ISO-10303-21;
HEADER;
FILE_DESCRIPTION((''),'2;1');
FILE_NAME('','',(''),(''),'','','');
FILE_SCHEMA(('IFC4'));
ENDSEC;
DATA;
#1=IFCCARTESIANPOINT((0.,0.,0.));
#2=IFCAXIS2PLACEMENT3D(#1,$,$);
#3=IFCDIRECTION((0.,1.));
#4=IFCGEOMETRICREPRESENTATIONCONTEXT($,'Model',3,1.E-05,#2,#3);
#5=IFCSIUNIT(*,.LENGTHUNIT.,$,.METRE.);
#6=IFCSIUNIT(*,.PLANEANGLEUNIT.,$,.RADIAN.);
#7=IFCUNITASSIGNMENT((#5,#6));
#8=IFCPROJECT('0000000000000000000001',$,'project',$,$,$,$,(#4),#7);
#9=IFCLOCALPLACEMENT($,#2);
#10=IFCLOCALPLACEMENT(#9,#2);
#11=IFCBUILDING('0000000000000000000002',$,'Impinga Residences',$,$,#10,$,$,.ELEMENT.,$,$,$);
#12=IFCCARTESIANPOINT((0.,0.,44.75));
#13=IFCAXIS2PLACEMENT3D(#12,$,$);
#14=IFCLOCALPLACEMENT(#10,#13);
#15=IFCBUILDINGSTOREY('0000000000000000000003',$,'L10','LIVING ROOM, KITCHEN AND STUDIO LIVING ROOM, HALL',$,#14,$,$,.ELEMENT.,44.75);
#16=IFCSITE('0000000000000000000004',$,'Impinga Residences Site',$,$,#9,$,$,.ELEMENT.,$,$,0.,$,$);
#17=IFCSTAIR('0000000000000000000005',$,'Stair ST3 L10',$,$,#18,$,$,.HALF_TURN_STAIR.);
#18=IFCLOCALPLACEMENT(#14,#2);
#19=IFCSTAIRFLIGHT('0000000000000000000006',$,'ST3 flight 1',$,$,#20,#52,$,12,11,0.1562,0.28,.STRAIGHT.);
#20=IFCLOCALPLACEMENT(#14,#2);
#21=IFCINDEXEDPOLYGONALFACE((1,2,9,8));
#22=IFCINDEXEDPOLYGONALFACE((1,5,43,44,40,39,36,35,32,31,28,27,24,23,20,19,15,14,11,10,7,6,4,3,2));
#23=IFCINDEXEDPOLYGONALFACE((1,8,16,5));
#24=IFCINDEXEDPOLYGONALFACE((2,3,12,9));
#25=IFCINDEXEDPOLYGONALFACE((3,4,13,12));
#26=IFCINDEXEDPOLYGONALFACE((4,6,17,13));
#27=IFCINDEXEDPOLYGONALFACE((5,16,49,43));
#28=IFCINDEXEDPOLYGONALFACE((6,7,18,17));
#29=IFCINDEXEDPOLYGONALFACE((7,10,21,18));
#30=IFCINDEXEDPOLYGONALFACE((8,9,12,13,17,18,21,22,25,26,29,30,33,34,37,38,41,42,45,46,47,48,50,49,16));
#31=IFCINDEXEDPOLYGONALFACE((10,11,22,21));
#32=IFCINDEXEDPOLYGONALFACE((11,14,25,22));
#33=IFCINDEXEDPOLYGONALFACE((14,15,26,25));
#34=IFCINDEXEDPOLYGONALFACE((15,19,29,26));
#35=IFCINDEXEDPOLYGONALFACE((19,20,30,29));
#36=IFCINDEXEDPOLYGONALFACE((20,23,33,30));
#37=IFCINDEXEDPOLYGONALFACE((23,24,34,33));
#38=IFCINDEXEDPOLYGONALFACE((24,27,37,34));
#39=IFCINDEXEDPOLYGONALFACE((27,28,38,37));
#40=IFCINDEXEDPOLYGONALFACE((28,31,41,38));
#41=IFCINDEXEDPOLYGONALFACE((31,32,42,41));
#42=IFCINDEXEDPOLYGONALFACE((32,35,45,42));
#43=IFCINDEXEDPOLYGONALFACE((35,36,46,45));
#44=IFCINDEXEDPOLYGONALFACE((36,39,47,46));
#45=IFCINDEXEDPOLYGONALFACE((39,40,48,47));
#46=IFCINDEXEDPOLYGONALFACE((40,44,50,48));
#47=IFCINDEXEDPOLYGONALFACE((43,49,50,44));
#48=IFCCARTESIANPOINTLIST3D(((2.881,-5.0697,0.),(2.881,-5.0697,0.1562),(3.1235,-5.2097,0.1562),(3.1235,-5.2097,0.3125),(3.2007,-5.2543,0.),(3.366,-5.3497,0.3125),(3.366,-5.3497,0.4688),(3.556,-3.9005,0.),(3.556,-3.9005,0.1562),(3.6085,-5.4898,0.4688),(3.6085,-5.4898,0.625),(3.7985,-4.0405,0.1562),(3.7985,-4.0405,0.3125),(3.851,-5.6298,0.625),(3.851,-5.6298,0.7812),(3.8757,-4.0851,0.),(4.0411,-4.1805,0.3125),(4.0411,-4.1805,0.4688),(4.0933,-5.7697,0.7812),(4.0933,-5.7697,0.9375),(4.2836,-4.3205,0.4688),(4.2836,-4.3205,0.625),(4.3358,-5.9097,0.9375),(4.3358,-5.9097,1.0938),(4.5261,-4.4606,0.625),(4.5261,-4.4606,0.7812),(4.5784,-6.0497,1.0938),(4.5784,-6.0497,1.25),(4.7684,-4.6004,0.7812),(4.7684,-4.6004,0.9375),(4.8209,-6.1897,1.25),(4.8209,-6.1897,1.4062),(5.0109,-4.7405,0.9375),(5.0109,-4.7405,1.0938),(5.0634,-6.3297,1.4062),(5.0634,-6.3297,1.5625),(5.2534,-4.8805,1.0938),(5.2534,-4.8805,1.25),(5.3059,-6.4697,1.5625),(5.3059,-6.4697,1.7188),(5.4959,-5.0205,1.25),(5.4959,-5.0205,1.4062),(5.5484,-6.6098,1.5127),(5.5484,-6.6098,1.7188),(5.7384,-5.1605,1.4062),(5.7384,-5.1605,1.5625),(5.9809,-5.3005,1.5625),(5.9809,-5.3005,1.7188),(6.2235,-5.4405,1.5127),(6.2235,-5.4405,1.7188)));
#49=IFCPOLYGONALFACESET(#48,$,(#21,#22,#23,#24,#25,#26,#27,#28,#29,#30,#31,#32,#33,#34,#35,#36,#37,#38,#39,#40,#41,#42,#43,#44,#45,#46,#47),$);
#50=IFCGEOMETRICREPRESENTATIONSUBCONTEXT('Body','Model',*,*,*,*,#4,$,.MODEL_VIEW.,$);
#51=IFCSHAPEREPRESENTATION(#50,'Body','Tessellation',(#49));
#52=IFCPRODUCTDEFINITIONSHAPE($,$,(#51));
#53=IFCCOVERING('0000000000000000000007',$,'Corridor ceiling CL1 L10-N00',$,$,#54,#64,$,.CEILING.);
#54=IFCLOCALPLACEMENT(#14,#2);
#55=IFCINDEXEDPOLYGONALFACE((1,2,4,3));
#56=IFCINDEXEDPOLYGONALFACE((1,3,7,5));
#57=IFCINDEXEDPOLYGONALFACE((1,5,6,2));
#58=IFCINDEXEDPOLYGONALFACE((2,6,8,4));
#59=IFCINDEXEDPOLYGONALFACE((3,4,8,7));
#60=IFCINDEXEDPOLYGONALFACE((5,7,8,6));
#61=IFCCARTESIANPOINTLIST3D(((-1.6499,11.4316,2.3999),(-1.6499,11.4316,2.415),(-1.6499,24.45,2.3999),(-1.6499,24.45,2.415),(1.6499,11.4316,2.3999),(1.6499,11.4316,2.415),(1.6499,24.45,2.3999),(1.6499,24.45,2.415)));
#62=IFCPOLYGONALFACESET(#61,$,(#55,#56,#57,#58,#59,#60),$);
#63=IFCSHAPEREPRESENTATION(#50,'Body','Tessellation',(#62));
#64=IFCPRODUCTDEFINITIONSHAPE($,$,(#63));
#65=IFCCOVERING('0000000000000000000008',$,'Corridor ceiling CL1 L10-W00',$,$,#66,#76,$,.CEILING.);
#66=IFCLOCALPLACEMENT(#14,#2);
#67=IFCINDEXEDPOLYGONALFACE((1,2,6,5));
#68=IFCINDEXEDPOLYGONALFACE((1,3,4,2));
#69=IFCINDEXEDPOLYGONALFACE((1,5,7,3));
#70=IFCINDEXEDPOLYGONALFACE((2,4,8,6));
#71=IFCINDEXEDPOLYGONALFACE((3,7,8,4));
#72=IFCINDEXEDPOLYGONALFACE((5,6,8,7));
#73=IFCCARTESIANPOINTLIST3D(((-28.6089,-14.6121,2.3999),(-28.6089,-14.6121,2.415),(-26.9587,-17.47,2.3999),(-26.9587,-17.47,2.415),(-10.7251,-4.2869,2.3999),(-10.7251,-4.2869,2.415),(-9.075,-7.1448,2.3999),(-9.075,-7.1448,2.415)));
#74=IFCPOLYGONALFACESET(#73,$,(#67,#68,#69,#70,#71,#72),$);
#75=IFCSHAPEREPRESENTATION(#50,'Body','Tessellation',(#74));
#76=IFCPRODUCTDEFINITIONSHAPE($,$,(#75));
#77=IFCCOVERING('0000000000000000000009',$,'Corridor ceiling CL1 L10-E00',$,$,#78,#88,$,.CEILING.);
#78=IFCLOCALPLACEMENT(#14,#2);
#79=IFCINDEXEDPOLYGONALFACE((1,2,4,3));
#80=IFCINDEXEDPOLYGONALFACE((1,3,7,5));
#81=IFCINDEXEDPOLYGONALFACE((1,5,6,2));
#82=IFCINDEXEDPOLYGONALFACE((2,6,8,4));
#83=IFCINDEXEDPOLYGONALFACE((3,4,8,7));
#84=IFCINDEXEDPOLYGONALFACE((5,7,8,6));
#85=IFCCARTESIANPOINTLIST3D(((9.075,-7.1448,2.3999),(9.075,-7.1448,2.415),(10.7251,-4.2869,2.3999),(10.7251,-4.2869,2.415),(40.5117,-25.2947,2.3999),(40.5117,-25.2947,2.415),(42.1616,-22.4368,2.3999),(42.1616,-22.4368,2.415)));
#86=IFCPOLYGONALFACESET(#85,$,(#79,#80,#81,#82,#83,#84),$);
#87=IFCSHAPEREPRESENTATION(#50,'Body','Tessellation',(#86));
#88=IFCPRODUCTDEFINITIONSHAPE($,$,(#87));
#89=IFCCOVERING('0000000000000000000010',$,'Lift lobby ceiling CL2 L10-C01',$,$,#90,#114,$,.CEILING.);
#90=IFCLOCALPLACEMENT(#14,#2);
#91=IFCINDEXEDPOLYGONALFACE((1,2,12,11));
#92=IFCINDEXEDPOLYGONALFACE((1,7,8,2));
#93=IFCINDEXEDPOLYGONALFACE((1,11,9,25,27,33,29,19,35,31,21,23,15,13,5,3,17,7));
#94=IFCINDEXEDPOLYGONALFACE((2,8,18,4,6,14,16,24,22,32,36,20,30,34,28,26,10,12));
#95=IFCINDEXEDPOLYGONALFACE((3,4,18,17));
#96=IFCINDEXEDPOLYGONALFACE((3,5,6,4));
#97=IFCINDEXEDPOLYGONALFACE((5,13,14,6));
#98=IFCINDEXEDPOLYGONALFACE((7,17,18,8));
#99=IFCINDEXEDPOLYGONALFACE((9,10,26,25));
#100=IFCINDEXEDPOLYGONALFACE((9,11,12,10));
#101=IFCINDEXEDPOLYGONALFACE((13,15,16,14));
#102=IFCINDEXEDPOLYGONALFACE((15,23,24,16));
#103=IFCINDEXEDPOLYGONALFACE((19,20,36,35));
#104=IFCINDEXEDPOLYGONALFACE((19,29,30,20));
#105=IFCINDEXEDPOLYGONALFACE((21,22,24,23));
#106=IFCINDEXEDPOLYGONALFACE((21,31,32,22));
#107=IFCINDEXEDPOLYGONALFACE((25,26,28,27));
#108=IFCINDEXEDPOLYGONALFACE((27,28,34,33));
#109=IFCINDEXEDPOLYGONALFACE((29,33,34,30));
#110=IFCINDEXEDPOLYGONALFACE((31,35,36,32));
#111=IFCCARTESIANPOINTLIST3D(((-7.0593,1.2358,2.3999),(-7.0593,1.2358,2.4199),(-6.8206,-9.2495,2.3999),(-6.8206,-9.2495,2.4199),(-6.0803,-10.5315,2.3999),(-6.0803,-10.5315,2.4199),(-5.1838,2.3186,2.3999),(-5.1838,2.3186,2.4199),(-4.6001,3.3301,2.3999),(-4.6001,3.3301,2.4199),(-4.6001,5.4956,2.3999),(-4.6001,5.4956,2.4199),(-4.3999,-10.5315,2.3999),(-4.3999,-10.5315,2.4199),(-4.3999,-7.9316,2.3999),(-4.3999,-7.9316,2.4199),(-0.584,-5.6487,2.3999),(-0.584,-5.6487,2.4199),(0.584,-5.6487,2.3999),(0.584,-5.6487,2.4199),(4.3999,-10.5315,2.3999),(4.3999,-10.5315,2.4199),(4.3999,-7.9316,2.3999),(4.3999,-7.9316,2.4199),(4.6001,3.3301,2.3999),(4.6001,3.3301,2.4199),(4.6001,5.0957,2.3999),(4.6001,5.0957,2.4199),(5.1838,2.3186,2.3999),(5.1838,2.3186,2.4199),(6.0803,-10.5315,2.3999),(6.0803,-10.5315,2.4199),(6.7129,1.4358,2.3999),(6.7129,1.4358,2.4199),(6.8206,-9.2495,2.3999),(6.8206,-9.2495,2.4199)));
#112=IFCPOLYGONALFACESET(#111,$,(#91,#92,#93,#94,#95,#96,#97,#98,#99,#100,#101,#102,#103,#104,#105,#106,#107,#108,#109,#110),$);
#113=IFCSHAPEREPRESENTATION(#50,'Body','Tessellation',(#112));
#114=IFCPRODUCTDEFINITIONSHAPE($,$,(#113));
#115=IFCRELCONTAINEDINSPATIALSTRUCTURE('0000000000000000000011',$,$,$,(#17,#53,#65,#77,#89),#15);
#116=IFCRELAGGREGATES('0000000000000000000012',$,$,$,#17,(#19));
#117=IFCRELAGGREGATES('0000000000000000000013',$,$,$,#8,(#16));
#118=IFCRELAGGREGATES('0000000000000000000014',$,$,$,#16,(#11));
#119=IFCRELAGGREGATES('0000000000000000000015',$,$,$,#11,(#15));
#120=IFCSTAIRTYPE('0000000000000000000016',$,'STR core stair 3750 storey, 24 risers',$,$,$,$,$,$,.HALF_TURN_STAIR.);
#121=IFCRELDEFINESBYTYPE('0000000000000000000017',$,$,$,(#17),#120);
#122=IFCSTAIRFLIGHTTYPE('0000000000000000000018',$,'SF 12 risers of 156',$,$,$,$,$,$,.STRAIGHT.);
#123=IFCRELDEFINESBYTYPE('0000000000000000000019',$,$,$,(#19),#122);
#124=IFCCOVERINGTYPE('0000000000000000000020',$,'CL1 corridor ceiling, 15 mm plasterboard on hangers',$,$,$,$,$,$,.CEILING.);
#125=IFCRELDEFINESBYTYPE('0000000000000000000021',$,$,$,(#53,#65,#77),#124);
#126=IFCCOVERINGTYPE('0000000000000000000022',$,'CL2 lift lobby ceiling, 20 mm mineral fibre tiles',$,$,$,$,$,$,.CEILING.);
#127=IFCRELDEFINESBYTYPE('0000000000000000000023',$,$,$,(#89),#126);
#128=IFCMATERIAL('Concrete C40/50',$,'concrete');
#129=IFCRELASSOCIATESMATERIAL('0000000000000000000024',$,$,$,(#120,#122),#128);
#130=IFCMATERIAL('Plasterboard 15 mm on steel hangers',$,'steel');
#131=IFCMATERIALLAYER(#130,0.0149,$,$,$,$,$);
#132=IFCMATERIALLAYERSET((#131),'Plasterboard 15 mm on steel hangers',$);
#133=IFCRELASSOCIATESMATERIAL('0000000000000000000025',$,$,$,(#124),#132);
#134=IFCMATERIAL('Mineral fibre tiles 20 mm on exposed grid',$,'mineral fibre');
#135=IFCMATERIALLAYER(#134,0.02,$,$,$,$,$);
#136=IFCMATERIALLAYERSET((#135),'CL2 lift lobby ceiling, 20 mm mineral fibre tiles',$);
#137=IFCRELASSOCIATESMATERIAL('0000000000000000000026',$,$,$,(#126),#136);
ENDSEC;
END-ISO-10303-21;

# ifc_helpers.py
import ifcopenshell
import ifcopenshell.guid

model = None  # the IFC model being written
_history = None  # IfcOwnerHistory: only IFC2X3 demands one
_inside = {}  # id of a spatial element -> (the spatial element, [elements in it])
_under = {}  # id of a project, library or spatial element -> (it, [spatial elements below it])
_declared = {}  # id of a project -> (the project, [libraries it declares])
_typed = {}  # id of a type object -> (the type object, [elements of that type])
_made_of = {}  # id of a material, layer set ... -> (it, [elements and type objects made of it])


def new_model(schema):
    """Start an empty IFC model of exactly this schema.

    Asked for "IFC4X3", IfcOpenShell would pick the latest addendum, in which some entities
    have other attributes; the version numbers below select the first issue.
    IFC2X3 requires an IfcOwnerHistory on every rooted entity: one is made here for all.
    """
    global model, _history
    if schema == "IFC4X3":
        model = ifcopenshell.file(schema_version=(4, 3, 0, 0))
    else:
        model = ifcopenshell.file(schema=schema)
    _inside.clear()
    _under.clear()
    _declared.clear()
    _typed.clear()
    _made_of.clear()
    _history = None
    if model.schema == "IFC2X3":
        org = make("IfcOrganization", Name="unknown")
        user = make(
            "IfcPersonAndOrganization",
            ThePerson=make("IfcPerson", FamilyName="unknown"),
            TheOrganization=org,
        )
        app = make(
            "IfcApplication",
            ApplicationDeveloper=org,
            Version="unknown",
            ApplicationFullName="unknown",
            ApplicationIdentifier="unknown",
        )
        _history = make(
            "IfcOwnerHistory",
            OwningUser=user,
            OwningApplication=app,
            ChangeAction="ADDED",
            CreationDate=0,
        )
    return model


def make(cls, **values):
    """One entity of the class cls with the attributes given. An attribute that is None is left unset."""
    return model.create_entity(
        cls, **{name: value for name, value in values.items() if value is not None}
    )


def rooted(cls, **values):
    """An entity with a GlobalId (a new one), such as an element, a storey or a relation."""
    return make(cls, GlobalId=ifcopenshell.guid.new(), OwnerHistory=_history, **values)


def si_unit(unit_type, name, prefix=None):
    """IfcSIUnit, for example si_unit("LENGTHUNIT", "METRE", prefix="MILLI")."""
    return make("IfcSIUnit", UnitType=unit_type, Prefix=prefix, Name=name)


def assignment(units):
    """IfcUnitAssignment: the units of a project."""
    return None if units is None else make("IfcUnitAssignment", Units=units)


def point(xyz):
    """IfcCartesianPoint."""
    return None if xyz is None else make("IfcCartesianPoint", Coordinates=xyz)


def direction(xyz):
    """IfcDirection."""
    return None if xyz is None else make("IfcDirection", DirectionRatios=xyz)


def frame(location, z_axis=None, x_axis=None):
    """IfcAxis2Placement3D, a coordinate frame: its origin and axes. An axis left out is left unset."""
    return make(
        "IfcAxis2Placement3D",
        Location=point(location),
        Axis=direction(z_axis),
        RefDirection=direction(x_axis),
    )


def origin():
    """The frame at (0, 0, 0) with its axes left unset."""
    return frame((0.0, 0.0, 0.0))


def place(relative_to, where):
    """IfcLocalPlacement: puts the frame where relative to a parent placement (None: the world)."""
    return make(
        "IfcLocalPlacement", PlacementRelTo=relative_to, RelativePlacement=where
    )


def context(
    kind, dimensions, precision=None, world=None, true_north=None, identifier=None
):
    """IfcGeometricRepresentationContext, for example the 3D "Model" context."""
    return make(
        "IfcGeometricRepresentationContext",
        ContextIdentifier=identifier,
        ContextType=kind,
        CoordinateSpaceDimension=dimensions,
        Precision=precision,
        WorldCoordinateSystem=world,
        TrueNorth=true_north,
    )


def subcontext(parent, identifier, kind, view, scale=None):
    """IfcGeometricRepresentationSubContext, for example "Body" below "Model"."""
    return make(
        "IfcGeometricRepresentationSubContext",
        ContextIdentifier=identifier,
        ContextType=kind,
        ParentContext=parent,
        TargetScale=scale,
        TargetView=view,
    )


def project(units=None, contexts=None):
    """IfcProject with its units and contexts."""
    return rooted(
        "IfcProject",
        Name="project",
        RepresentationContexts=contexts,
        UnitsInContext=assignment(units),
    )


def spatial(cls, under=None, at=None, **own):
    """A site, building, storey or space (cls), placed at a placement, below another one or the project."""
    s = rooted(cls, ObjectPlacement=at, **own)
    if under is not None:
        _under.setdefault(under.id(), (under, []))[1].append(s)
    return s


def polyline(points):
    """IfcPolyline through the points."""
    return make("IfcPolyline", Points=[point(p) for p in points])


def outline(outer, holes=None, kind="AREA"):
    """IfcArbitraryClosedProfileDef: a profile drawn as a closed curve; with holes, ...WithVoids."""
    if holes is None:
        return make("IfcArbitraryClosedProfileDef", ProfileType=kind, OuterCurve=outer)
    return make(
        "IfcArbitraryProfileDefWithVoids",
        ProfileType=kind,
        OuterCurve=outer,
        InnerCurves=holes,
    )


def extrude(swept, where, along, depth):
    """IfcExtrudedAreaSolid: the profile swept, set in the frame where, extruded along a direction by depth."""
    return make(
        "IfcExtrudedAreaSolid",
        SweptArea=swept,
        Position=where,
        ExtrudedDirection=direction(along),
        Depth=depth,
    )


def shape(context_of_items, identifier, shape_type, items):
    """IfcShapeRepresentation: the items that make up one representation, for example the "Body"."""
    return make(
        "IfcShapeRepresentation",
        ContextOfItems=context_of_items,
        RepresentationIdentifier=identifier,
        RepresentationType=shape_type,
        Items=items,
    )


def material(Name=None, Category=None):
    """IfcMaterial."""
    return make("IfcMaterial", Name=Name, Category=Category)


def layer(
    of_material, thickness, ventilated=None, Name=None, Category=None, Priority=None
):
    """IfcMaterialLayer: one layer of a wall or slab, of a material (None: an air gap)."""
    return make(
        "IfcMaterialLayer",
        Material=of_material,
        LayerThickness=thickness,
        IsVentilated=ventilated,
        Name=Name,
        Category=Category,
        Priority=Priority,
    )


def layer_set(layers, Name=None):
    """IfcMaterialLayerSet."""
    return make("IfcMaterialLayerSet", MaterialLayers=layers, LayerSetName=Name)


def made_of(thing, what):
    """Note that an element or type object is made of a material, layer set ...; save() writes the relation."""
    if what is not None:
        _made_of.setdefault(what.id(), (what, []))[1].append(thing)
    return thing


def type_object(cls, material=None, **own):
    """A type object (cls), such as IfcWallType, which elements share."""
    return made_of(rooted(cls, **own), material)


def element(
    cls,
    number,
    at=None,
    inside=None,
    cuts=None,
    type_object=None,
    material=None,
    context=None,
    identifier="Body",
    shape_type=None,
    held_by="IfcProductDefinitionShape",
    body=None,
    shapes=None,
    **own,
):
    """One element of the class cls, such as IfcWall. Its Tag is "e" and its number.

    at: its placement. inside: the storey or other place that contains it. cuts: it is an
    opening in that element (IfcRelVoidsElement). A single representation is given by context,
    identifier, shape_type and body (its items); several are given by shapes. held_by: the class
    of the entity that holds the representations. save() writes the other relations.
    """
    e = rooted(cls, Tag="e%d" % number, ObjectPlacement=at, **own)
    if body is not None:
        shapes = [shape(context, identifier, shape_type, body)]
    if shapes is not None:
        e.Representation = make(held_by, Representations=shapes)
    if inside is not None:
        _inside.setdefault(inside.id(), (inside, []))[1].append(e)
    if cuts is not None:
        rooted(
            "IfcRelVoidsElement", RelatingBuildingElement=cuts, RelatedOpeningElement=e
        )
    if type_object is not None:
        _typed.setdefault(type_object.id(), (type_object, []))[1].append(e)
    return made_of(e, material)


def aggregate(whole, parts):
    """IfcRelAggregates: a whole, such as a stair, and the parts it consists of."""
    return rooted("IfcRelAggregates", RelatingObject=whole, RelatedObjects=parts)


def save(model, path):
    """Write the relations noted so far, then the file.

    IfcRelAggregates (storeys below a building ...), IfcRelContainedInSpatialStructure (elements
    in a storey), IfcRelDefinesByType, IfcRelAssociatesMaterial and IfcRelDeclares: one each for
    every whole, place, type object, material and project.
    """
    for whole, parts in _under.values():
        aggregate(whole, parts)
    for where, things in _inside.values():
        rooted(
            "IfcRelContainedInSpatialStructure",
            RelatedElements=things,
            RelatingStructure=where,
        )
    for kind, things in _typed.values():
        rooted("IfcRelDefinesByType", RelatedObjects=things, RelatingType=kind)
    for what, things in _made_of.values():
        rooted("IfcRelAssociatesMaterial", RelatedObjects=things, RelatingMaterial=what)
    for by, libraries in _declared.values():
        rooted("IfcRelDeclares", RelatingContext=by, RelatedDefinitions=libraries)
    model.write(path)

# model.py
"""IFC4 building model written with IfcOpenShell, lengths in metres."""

from ifc_helpers import new_model, si_unit, direction, frame, origin, place, context, subcontext, project, spatial, polyline, outline, extrude, material, layer, layer_set, type_object, element, aggregate, save


model = new_model("IFC4")

# Units and contexts
model_context = context("Model", 3, precision=1e-05, world=origin(), true_north=direction((0.0, 1.0)))
body_context = subcontext(model_context, "Body", "Model", "MODEL_VIEW")
ifc_project = project(units=[si_unit("LENGTHUNIT", "METRE"), si_unit("PLANEANGLEUNIT", "RADIAN")], contexts=[model_context])

# Site, building, storey
site_placement = place(None, origin())
site = spatial("IfcSite", under=ifc_project, at=site_placement, Name="Impinga Residences Site", CompositionType="ELEMENT", RefElevation=0.0)
building_placement = place(site_placement, origin())
building = spatial("IfcBuilding", under=site, at=building_placement, Name="Impinga Residences", CompositionType="ELEMENT")
storey_placement = place(building_placement, frame((0.0, 0.0, 44.75)))
storey = spatial("IfcBuildingStorey", under=building, at=storey_placement, Name="L10", Description="LIVING ROOM, KITCHEN AND STUDIO LIVING ROOM, HALL", CompositionType="ELEMENT", Elevation=44.75)

# Stair, stair flight
ifc_material_1 = material(Name="Concrete C40/50", Category="concrete")
stair_type = type_object("IfcStairType", Name="STR core stair 3750 storey, 24 risers", PredefinedType="HALF_TURN_STAIR", material=ifc_material_1)
stair_placement = place(storey_placement, origin())
stair = element("IfcStair", 1, at=stair_placement, inside=storey, type_object=stair_type, Name="Stair ST3 L10", PredefinedType="HALF_TURN_STAIR")
stair_flight_type = type_object("IfcStairFlightType", Name="SF 12 risers of 156", PredefinedType="STRAIGHT", material=ifc_material_1)
stair_flight_placement = place(storey_placement, frame((3.2185, -4.4851, 0.0), z_axis=(0.0, 0.0, 1.0), x_axis=(0.866025, -0.5, 0.0)))
stair_flight = element("IfcStairFlight", 2, at=stair_flight_placement, type_object=stair_flight_type, Name="ST3 flight 1", NumberOfRisers=12, NumberOfTreads=11, PredefinedType="STRAIGHT", RiserHeight=0.1562, TreadLength=0.28, context=body_context, shape_type="SweptSolid", body=[
    extrude(outline(polyline([(0.0, 0.0), (0.0, 0.1562), (0.28, 0.1562), (0.28, 0.3125), (0.5601, 0.3125), (0.5601, 0.4688), (0.8401, 0.4688), (0.8401, 0.625), (1.1201, 0.625), (1.1201, 0.7812), (1.3999, 0.7812), (1.3999, 0.9375), (1.6799, 0.9375), (1.6799, 1.0938), (1.96, 1.0938), (1.96, 1.25), (2.24, 1.25), (2.24, 1.4062), (2.52, 1.4062), (2.52, 1.5625), (2.8, 1.5625), (2.8, 1.7188), (3.0801, 1.7188), (3.0801, 1.875), (3.0801, 1.5127), (0.3691, 0.0), (0.0, 0.0)])), frame((0.0, 0.675, 0.0), z_axis=(0.0, -1.0, 0.0), x_axis=(1.0, 0.0, 0.0)), (0.0, 0.0, 1.0), 1.3501),
])
aggregate(stair, [stair_flight])

# Coverings
ifc_material_2 = material(Name="Plasterboard 15 mm on steel hangers", Category="steel")
ifc_layer_1 = layer(ifc_material_2, 0.0149)
ifc_layer_set_1 = layer_set([ifc_layer_1], Name="Plasterboard 15 mm on steel hangers")
covering_type_1 = type_object("IfcCoveringType", Name="CL1 corridor ceiling, 15 mm plasterboard on hangers", PredefinedType="CEILING", material=ifc_layer_set_1)
covering_1_placement = place(storey_placement, frame((0.0, 0.0, 2.3999)))
element("IfcCovering", 3, at=covering_1_placement, inside=storey, type_object=covering_type_1, Name="Corridor ceiling CL1 L10-N00", PredefinedType="CEILING", context=body_context, shape_type="SweptSolid", body=[
    extrude(outline(polyline([(1.6499, 11.4316), (-1.6499, 11.4316), (-1.6499, 24.45), (1.6499, 24.45), (1.6499, 11.4316)])), origin(), (0.0, 0.0, 1.0), 0.0151),
])
covering_2_placement = place(storey_placement, frame((0.0, 0.0, 2.3999)))
element("IfcCovering", 4, at=covering_2_placement, inside=storey, type_object=covering_type_1, Name="Corridor ceiling CL1 L10-W00", PredefinedType="CEILING", context=body_context, shape_type="SweptSolid", body=[
    extrude(outline(polyline([(-10.7251, -4.2869), (-9.075, -7.1448), (-26.9587, -17.47), (-28.6089, -14.6121), (-10.7251, -4.2869)])), origin(), (0.0, 0.0, 1.0), 0.0151),
])
covering_3_placement = place(storey_placement, frame((0.0, 0.0, 2.3999)))
element("IfcCovering", 5, at=covering_3_placement, inside=storey, type_object=covering_type_1, Name="Corridor ceiling CL1 L10-E00", PredefinedType="CEILING", context=body_context, shape_type="SweptSolid", body=[
    extrude(outline(polyline([(10.7251, -4.2869), (9.075, -7.1448), (40.5117, -25.2947), (42.1616, -22.4368), (10.7251, -4.2869)])), origin(), (0.0, 0.0, 1.0), 0.0151),
])
ifc_material_3 = material(Name="Mineral fibre tiles 20 mm on exposed grid", Category="mineral fibre")
ifc_layer_2 = layer(ifc_material_3, 0.02)
ifc_layer_set_2 = layer_set([ifc_layer_2], Name="CL2 lift lobby ceiling, 20 mm mineral fibre tiles")
covering_type_2 = type_object("IfcCoveringType", Name="CL2 lift lobby ceiling, 20 mm mineral fibre tiles", PredefinedType="CEILING", material=ifc_layer_set_2)
covering_4_placement = place(storey_placement, frame((0.0, 0.0, 2.3999)))
element("IfcCovering", 6, at=covering_4_placement, inside=storey, type_object=covering_type_2, Name="Lift lobby ceiling CL2 L10-C01", PredefinedType="CEILING", context=body_context, shape_type="SweptSolid", body=[
    extrude(outline(polyline([(6.0803, -10.5315), (4.3999, -10.5315), (4.3999, -7.9316), (-4.3999, -7.9316), (-4.3999, -10.5315), (-6.0803, -10.5315), (-6.8206, -9.2495), (-0.584, -5.6487), (-5.1838, 2.3186), (-7.0593, 1.2358), (-4.6001, 5.4956), (-4.6001, 3.3301), (4.6001, 3.3301), (4.6001, 5.0957), (6.7129, 1.4358), (5.1838, 2.3186), (0.584, -5.6487), (6.8206, -9.2495), (6.0803, -10.5315)])), origin(), (0.0, 0.0, 1.0), 0.02),
])

save(model, "model.ifc")
